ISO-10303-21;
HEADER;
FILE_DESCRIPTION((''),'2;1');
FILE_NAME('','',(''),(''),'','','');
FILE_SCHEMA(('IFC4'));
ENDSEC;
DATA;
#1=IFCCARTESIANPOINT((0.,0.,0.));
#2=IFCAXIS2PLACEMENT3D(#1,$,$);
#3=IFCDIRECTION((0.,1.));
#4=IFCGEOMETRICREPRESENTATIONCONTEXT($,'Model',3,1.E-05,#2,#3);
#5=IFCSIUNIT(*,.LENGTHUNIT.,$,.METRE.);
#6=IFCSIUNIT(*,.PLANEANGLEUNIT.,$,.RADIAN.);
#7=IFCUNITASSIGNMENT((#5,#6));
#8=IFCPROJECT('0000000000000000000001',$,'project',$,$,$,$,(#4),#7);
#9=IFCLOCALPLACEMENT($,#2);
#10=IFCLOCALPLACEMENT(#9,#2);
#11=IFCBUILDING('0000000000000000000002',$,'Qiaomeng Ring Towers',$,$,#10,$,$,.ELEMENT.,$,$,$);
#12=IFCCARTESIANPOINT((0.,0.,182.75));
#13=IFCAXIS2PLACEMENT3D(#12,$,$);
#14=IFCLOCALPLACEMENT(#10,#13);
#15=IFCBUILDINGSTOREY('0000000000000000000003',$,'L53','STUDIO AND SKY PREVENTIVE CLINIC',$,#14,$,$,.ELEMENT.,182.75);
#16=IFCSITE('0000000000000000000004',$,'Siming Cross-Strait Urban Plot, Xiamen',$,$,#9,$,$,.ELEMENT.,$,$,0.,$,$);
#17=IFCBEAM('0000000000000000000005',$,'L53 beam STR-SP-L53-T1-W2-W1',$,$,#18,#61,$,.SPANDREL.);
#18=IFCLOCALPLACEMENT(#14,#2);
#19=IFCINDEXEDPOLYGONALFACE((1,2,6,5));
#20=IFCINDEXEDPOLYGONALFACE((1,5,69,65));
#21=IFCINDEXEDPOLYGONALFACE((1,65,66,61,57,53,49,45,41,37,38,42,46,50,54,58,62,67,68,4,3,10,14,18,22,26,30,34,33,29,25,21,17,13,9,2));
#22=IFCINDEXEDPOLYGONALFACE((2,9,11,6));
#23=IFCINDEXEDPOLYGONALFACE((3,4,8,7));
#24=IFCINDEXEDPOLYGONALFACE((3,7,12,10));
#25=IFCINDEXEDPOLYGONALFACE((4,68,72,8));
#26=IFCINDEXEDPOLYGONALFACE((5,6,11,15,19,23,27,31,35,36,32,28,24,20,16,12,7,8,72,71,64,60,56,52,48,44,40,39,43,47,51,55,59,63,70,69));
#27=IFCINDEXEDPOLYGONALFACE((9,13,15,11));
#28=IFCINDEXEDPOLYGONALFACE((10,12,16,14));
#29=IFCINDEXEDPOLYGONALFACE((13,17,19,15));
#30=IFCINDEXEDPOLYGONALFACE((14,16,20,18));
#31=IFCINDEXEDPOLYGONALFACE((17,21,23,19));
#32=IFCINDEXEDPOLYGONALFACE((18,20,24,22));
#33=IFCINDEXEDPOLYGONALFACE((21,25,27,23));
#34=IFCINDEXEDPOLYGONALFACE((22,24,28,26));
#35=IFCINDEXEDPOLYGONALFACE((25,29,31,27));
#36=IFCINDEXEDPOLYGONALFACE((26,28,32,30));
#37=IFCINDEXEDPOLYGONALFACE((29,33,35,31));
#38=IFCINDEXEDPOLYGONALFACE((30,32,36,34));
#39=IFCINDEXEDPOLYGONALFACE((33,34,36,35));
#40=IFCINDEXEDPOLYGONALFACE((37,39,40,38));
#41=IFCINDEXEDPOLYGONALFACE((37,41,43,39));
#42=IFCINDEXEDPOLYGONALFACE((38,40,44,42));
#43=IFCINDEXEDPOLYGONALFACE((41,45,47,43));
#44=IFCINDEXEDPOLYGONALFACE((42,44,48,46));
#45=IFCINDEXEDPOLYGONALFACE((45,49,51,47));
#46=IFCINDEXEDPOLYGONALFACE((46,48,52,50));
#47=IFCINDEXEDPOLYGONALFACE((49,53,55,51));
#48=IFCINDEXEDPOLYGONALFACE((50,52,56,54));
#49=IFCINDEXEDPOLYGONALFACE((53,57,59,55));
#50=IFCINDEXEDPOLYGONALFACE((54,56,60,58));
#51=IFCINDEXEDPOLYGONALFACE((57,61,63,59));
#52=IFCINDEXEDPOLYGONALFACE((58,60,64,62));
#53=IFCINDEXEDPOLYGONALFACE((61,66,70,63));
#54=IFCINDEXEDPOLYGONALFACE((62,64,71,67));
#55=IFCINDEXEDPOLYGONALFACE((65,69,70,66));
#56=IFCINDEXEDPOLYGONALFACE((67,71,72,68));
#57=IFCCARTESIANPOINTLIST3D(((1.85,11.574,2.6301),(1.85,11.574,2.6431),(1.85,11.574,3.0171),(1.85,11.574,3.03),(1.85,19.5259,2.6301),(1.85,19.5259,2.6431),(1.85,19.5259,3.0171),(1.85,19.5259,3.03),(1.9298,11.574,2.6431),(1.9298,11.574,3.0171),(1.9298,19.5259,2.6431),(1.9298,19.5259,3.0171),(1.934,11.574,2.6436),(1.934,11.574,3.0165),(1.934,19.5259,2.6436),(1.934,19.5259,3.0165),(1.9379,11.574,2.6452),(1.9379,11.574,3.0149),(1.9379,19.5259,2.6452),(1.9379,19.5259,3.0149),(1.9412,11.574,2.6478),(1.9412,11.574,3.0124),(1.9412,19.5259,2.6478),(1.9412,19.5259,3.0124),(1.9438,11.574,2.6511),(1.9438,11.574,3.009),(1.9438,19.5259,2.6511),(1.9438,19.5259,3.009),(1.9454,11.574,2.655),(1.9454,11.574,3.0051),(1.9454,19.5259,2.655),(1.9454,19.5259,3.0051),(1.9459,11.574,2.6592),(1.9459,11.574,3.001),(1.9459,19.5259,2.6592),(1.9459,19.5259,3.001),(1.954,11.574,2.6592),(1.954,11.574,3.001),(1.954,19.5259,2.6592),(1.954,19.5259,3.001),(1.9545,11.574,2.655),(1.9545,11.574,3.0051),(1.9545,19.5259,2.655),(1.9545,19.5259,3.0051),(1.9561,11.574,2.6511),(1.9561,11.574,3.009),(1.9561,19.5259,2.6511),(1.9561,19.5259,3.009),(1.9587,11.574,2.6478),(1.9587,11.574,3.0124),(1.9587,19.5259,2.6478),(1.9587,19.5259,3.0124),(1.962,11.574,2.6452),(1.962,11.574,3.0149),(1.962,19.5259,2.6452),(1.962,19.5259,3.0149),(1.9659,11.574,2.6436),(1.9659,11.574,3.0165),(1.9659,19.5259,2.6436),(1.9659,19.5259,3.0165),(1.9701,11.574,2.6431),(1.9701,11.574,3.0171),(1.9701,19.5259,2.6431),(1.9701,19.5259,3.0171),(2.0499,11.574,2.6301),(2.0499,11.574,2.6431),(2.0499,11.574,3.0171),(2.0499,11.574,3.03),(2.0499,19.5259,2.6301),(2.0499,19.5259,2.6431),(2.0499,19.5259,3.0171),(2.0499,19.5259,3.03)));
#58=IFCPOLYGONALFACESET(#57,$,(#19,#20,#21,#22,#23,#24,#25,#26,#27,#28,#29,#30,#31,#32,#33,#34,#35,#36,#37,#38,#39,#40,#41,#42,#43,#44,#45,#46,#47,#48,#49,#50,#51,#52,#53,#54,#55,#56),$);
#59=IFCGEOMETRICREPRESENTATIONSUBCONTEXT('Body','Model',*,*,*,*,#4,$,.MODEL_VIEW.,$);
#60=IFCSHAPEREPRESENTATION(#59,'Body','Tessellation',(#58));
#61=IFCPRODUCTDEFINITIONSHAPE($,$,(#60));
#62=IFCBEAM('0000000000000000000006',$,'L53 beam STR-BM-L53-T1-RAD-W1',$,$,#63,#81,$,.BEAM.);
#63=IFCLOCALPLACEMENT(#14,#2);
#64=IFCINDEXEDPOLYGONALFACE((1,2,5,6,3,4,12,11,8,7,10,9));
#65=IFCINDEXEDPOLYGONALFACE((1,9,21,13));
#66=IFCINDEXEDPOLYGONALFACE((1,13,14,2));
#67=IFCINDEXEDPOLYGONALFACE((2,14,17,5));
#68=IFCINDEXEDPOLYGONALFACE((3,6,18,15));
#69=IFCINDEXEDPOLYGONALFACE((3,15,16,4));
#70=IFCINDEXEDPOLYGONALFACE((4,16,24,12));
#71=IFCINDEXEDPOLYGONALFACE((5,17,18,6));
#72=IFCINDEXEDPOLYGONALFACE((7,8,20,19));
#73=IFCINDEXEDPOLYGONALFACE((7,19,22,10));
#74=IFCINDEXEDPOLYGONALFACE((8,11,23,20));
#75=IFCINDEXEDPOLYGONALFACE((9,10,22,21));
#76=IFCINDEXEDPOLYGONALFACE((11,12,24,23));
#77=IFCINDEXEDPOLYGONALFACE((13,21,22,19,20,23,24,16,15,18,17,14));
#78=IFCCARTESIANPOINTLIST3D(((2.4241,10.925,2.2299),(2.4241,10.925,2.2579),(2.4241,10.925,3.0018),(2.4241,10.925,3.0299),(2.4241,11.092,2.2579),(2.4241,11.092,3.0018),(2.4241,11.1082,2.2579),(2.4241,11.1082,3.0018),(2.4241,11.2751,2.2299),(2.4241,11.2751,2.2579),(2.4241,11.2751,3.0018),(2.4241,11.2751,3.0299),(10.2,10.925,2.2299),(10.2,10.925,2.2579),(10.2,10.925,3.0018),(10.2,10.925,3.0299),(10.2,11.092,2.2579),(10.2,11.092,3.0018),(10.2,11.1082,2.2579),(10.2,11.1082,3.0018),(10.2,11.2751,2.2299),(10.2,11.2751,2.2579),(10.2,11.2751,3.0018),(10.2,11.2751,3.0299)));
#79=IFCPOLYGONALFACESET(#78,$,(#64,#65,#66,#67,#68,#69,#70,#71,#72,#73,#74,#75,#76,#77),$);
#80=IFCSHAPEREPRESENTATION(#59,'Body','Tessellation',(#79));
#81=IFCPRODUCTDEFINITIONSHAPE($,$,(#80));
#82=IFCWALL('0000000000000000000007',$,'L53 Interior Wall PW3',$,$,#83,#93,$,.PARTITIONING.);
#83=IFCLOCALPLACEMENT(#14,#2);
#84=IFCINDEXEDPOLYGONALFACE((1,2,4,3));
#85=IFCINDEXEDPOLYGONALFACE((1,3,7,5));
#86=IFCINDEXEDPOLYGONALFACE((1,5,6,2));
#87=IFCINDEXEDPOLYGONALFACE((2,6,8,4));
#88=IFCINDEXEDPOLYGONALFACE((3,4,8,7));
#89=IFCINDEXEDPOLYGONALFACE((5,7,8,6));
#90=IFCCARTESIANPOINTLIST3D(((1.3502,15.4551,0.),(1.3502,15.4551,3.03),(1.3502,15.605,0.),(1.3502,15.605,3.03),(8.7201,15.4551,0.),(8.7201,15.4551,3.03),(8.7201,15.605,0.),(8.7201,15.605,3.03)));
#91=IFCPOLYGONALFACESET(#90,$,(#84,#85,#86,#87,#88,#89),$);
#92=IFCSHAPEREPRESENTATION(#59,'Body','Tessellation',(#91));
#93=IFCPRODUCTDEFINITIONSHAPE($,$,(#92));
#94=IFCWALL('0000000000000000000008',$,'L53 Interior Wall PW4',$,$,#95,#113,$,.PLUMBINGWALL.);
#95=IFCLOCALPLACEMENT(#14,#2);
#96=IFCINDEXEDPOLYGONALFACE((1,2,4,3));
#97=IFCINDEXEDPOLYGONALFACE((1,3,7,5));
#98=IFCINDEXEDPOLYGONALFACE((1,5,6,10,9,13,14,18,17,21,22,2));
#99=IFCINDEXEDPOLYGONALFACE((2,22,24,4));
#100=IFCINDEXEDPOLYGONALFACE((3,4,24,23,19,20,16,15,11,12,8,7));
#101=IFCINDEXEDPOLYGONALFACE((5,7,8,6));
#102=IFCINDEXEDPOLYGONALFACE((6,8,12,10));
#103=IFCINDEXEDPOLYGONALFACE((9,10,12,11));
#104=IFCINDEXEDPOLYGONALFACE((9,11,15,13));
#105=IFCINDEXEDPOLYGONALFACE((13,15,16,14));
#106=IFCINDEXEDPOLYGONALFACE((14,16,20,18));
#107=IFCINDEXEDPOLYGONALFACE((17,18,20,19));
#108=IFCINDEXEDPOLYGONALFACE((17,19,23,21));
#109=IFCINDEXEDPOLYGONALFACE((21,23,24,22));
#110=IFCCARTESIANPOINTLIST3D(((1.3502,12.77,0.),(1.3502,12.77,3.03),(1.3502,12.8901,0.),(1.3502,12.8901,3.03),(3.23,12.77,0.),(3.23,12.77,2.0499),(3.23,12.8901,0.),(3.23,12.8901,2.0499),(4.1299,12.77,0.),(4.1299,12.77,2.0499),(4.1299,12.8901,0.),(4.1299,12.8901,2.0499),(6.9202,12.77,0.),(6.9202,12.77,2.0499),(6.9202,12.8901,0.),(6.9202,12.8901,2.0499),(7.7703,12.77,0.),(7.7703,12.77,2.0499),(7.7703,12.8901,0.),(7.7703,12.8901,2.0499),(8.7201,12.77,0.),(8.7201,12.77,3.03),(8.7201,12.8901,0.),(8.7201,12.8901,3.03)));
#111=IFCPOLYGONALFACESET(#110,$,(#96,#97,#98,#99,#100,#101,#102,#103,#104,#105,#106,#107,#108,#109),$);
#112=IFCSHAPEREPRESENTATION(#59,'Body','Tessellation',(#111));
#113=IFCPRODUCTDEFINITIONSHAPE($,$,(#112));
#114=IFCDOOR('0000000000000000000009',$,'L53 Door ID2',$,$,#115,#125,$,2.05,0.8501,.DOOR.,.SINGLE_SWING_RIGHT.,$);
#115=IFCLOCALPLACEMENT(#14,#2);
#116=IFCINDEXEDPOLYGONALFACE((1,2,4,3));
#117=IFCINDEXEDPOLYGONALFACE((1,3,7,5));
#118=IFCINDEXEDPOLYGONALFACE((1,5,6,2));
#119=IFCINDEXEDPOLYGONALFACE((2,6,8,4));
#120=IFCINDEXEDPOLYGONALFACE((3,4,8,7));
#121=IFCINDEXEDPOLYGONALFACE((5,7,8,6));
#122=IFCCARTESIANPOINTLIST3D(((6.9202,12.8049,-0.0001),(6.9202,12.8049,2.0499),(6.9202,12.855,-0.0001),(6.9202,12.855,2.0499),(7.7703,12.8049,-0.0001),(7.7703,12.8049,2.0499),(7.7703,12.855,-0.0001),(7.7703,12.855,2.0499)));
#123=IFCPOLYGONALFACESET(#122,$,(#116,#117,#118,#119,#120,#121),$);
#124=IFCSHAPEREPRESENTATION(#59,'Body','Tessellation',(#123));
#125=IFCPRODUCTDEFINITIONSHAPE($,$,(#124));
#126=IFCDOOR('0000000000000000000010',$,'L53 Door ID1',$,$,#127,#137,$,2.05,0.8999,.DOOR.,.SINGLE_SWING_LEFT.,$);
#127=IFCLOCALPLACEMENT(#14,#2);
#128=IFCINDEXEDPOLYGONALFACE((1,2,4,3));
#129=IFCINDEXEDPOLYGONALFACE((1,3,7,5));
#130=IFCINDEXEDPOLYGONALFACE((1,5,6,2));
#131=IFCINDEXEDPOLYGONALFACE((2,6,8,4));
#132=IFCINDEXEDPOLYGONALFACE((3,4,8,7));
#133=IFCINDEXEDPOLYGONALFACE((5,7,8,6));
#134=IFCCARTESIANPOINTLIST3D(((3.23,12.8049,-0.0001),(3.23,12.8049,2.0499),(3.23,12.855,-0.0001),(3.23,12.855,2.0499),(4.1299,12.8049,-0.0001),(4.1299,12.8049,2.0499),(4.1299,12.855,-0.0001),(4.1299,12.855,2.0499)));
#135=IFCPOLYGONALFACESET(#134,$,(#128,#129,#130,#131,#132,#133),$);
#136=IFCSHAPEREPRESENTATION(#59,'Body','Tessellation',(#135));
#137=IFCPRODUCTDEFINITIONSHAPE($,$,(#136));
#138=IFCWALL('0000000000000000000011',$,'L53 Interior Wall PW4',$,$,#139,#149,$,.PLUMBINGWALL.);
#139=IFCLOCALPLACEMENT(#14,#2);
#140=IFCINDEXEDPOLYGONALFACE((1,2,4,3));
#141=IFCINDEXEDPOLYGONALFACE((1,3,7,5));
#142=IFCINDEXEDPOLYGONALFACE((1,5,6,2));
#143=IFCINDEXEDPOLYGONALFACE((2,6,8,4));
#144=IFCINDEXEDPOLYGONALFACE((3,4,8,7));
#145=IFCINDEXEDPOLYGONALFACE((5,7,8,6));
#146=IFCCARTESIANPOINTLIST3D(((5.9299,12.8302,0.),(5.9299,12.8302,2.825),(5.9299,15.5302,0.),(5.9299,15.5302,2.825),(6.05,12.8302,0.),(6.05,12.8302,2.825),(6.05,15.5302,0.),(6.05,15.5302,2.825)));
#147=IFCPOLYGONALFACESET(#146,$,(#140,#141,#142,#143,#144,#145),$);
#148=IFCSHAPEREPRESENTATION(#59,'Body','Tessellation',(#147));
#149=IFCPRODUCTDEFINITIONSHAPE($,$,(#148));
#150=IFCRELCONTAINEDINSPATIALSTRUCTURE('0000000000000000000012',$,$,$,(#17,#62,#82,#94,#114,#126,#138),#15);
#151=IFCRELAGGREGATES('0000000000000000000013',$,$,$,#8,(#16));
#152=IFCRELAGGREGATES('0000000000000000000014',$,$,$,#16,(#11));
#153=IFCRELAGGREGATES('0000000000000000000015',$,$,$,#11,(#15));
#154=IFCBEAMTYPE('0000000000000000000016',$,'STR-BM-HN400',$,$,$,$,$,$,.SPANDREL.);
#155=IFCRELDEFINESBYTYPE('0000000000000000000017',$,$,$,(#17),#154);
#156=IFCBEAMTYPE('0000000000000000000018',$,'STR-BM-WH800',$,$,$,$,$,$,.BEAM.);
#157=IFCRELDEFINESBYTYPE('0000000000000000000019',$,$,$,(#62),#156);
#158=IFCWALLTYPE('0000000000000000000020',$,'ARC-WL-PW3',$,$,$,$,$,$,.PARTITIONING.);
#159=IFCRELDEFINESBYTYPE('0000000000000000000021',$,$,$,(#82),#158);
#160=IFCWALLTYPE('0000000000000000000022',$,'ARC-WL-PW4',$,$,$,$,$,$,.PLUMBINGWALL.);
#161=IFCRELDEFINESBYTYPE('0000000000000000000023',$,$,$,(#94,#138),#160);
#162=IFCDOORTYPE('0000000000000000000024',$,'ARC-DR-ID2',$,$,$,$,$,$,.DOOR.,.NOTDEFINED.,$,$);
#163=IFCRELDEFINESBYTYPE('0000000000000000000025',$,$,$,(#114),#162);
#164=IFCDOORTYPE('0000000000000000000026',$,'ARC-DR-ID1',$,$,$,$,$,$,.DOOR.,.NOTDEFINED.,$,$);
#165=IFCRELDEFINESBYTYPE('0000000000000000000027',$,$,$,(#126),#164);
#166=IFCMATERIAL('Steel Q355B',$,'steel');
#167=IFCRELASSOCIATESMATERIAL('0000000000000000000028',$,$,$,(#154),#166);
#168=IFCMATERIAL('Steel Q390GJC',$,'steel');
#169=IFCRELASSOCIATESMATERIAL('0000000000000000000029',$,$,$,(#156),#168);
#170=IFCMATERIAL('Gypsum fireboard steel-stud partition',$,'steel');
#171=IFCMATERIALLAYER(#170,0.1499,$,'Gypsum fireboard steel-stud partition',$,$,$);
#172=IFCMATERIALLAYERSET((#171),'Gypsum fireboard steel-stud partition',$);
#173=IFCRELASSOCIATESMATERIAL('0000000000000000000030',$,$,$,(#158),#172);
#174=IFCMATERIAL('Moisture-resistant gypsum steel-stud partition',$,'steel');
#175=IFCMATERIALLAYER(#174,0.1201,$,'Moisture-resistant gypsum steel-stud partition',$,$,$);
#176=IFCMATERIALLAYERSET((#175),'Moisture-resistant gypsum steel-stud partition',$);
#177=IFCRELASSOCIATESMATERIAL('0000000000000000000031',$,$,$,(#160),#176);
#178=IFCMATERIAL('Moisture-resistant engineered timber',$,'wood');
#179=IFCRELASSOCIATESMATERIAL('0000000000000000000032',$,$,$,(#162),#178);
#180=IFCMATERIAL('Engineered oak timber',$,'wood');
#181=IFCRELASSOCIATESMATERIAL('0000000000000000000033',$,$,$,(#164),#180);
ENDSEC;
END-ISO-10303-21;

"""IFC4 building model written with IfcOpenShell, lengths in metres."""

from ifc_helpers import new_model, si_unit, direction, frame, frame_2d, origin, origin_2d, place, context, subcontext, project, spatial, rectangle, i_section, extrude, source, transform, mapped, material, layer, layer_set, material_profile, profile_set, type_object, element, fill, save


model = new_model("IFC4")

# Units and contexts
model_context = context("Model", 3, precision=1e-05, world=origin(), true_north=direction((0.0, 1.0)))
body_context = subcontext(model_context, "Body", "Model", "MODEL_VIEW")
ifc_project = project(units=[si_unit("LENGTHUNIT", "METRE"), si_unit("PLANEANGLEUNIT", "RADIAN")], contexts=[model_context])

# Site, building, storey
site_placement = place(None, origin())
site = spatial("IfcSite", under=ifc_project, at=site_placement, Name="Siming Cross-Strait Urban Plot, Xiamen", CompositionType="ELEMENT", RefElevation=0.0)
building_placement = place(site_placement, origin())
building = spatial("IfcBuilding", under=site, at=building_placement, Name="Qiaomeng Ring Towers", CompositionType="ELEMENT")
storey_placement = place(building_placement, frame((0.0, 0.0, 182.75)))
storey = spatial("IfcBuildingStorey", under=building, at=storey_placement, Name="L53", Description="STUDIO AND SKY PREVENTIVE CLINIC", CompositionType="ELEMENT", Elevation=182.75)

# Beams
ifc_material_1 = material(Name="Steel Q355B", Category="steel")
ifc_material_profile_1 = material_profile(ifc_material_1, i_section(OverallWidth=0.2, OverallDepth=0.3999, WebThickness=0.0081, FlangeThickness=0.0129, FilletRadius=0.0161, at=origin_2d()), Name="HN 400x200x8x13")
ifc_profile_set_1 = profile_set([ifc_material_profile_1], Name="Steel Q355B")
beam_type_1 = type_object("IfcBeamType", Name="STR-BM-HN400", PredefinedType="SPANDREL", material=ifc_profile_set_1)
shared_shape_1 = source(origin(), body_context, "Body", "SweptSolid", [
    extrude(i_section(OverallWidth=0.2, OverallDepth=0.3999, WebThickness=0.0081, FlangeThickness=0.0129, FilletRadius=0.0161, at=origin_2d()), origin(), (0.0, 0.0, 1.0), 7.9519),
])
beam_1_placement = place(storey_placement, frame((1.95, 19.5259, 2.8301), z_axis=(0.0, -1.0, 0.0), x_axis=(1.0, 0.0, 0.0)))
element("IfcBeam", 1, at=beam_1_placement, inside=storey, type_object=beam_type_1, Name="L53 beam STR-SP-L53-T1-W2-W1", PredefinedType="SPANDREL", context=body_context, shape_type="MappedRepresentation", body=[
    mapped(shared_shape_1, transform((0.0, 0.0, 0.0), x_axis=(1.0, 0.0, 0.0), y_axis=(0.0, 1.0, 0.0), z_axis=(0.0, 0.0, 1.0), scale=1.0)),
])
ifc_material_2 = material(Name="Steel Q390GJC", Category="steel")
ifc_material_profile_2 = material_profile(ifc_material_2, i_section(OverallWidth=0.3501, OverallDepth=0.8, WebThickness=0.0161, FlangeThickness=0.0281, at=origin_2d()), Name="WH 800x350x16x28")
ifc_profile_set_2 = profile_set([ifc_material_profile_2], Name="Steel Q390GJC")
beam_type_2 = type_object("IfcBeamType", Name="STR-BM-WH800", PredefinedType="BEAM", material=ifc_profile_set_2)
shared_shape_2 = source(origin(), body_context, "Body", "SweptSolid", [
    extrude(i_section(OverallWidth=0.3501, OverallDepth=0.8, WebThickness=0.0161, FlangeThickness=0.0281, at=origin_2d()), origin(), (0.0, 0.0, 1.0), 7.7759),
])
beam_2_placement = place(storey_placement, frame((2.4241, 11.1001, 2.6299), z_axis=(1.0, 0.0, 0.0), x_axis=(0.0, 1.0, 0.0)))
element("IfcBeam", 2, at=beam_2_placement, inside=storey, type_object=beam_type_2, Name="L53 beam STR-BM-L53-T1-RAD-W1", PredefinedType="BEAM", context=body_context, shape_type="MappedRepresentation", body=[
    mapped(shared_shape_2, transform((0.0, 0.0, 0.0), x_axis=(1.0, 0.0, 0.0), y_axis=(0.0, 1.0, 0.0), z_axis=(0.0, 0.0, 1.0), scale=1.0)),
])

# Wall
ifc_material_3 = material(Name="Gypsum fireboard steel-stud partition", Category="steel")
ifc_layer_1 = layer(ifc_material_3, 0.1499, Name="Gypsum fireboard steel-stud partition")
ifc_layer_set_1 = layer_set([ifc_layer_1], Name="Gypsum fireboard steel-stud partition")
wall_type_1 = type_object("IfcWallType", Name="ARC-WL-PW3", PredefinedType="PARTITIONING", material=ifc_layer_set_1)
wall_1_placement = place(storey_placement, frame((1.3501, 15.53, 0.0), z_axis=(0.0, 0.0, 1.0), x_axis=(1.0, 0.0, 0.0)))
element("IfcWall", 3, at=wall_1_placement, inside=storey, type_object=wall_type_1, Name="L53 Interior Wall PW3", PredefinedType="PARTITIONING", context=body_context, shape_type="SweptSolid", body=[
    extrude(rectangle(XDim=7.3699, YDim=0.1499, at=frame_2d((3.6851, 0.0))), origin(), (0.0, 0.0, 1.0), 3.03),
])

# Wall, openings, doors
ifc_material_4 = material(Name="Moisture-resistant gypsum steel-stud partition", Category="steel")
ifc_layer_2 = layer(ifc_material_4, 0.1201, Name="Moisture-resistant gypsum steel-stud partition")
ifc_layer_set_2 = layer_set([ifc_layer_2], Name="Moisture-resistant gypsum steel-stud partition")
wall_type_2 = type_object("IfcWallType", Name="ARC-WL-PW4", PredefinedType="PLUMBINGWALL", material=ifc_layer_set_2)
wall_2_placement = place(storey_placement, frame((1.3501, 12.8301, 0.0), z_axis=(0.0, 0.0, 1.0), x_axis=(1.0, 0.0, 0.0)))
wall_2 = element("IfcWall", 4, at=wall_2_placement, inside=storey, type_object=wall_type_2, Name="L53 Interior Wall PW4", PredefinedType="PLUMBINGWALL", context=body_context, shape_type="SweptSolid", body=[
    extrude(rectangle(XDim=7.3699, YDim=0.1201, at=frame_2d((3.6851, 0.0))), origin(), (0.0, 0.0, 1.0), 3.03),
])
opening_1_placement = place(wall_2_placement, frame((1.8799, 0.0, 0.0)))
opening_1 = element("IfcOpeningElement", 5, at=opening_1_placement, cuts=wall_2, PredefinedType="OPENING", context=body_context, shape_type="SweptSolid", body=[
    extrude(rectangle(XDim=0.8999, YDim=2.05, at=frame_2d((0.45, 1.0249))), frame((0.0, 0.0701, 0.0), z_axis=(0.0, -1.0, 0.0), x_axis=(1.0, 0.0, 0.0)), (0.0, 0.0, 1.0), 0.1401),
])
opening_2_placement = place(wall_2_placement, frame((5.5701, 0.0, 0.0)))
opening_2 = element("IfcOpeningElement", 6, at=opening_2_placement, cuts=wall_2, PredefinedType="OPENING", context=body_context, shape_type="SweptSolid", body=[
    extrude(rectangle(XDim=0.8501, YDim=2.05, at=frame_2d((0.425, 1.0249))), frame((0.0, 0.0701, 0.0), z_axis=(0.0, -1.0, 0.0), x_axis=(1.0, 0.0, 0.0)), (0.0, 0.0, 1.0), 0.1401),
])
ifc_material_5 = material(Name="Moisture-resistant engineered timber", Category="wood")
door_type_1 = type_object("IfcDoorType", Name="ARC-DR-ID2", OperationType="NOTDEFINED", PredefinedType="DOOR", material=ifc_material_5)
shared_shape_3 = source(origin(), body_context, "Body", "SweptSolid", [
    extrude(rectangle(XDim=0.8501, YDim=2.05, at=frame_2d((0.425, 1.0249))), frame((0.0, 0.0249, 0.0), z_axis=(0.0, -1.0, 0.0), x_axis=(1.0, 0.0, 0.0)), (0.0, 0.0, 1.0), 0.05),
])
door_1_placement = place(opening_2_placement, origin())
door_1 = element("IfcDoor", 7, at=door_1_placement, inside=storey, type_object=door_type_1, Name="L53 Door ID2", OperationType="SINGLE_SWING_RIGHT", OverallHeight=2.05, OverallWidth=0.8501, PredefinedType="DOOR", context=body_context, shape_type="MappedRepresentation", body=[
    mapped(shared_shape_3, transform((0.0, 0.0, 0.0), x_axis=(1.0, 0.0, 0.0), y_axis=(0.0, 1.0, 0.0), z_axis=(0.0, 0.0, 1.0), scale=1.0)),
])
fill(opening_2, door_1)
ifc_material_6 = material(Name="Engineered oak timber", Category="wood")
door_type_2 = type_object("IfcDoorType", Name="ARC-DR-ID1", OperationType="NOTDEFINED", PredefinedType="DOOR", material=ifc_material_6)
shared_shape_4 = source(origin(), body_context, "Body", "SweptSolid", [
    extrude(rectangle(XDim=0.8999, YDim=2.05, at=frame_2d((0.45, 1.0249))), frame((0.0, 0.0249, 0.0), z_axis=(0.0, -1.0, 0.0), x_axis=(1.0, 0.0, 0.0)), (0.0, 0.0, 1.0), 0.05),
])
door_2_placement = place(opening_1_placement, origin())
door_2 = element("IfcDoor", 8, at=door_2_placement, inside=storey, type_object=door_type_2, Name="L53 Door ID1", OperationType="SINGLE_SWING_LEFT", OverallHeight=2.05, OverallWidth=0.8999, PredefinedType="DOOR", context=body_context, shape_type="MappedRepresentation", body=[
    mapped(shared_shape_4, transform((0.0, 0.0, 0.0), x_axis=(1.0, 0.0, 0.0), y_axis=(0.0, 1.0, 0.0), z_axis=(0.0, 0.0, 1.0), scale=1.0)),
])
fill(opening_1, door_2)

# Wall
wall_3_placement = place(storey_placement, frame((5.99, 12.8301, 0.0), z_axis=(0.0, 0.0, 1.0), x_axis=(0.0, 1.0, 0.0)))
element("IfcWall", 9, at=wall_3_placement, inside=storey, type_object=wall_type_2, Name="L53 Interior Wall PW4", PredefinedType="PLUMBINGWALL", context=body_context, shape_type="SweptSolid", body=[
    extrude(rectangle(XDim=2.7, YDim=0.1201, at=frame_2d((1.3501, 0.0))), origin(), (0.0, 0.0, 1.0), 2.825),
])

save(model, "model.ifc")
